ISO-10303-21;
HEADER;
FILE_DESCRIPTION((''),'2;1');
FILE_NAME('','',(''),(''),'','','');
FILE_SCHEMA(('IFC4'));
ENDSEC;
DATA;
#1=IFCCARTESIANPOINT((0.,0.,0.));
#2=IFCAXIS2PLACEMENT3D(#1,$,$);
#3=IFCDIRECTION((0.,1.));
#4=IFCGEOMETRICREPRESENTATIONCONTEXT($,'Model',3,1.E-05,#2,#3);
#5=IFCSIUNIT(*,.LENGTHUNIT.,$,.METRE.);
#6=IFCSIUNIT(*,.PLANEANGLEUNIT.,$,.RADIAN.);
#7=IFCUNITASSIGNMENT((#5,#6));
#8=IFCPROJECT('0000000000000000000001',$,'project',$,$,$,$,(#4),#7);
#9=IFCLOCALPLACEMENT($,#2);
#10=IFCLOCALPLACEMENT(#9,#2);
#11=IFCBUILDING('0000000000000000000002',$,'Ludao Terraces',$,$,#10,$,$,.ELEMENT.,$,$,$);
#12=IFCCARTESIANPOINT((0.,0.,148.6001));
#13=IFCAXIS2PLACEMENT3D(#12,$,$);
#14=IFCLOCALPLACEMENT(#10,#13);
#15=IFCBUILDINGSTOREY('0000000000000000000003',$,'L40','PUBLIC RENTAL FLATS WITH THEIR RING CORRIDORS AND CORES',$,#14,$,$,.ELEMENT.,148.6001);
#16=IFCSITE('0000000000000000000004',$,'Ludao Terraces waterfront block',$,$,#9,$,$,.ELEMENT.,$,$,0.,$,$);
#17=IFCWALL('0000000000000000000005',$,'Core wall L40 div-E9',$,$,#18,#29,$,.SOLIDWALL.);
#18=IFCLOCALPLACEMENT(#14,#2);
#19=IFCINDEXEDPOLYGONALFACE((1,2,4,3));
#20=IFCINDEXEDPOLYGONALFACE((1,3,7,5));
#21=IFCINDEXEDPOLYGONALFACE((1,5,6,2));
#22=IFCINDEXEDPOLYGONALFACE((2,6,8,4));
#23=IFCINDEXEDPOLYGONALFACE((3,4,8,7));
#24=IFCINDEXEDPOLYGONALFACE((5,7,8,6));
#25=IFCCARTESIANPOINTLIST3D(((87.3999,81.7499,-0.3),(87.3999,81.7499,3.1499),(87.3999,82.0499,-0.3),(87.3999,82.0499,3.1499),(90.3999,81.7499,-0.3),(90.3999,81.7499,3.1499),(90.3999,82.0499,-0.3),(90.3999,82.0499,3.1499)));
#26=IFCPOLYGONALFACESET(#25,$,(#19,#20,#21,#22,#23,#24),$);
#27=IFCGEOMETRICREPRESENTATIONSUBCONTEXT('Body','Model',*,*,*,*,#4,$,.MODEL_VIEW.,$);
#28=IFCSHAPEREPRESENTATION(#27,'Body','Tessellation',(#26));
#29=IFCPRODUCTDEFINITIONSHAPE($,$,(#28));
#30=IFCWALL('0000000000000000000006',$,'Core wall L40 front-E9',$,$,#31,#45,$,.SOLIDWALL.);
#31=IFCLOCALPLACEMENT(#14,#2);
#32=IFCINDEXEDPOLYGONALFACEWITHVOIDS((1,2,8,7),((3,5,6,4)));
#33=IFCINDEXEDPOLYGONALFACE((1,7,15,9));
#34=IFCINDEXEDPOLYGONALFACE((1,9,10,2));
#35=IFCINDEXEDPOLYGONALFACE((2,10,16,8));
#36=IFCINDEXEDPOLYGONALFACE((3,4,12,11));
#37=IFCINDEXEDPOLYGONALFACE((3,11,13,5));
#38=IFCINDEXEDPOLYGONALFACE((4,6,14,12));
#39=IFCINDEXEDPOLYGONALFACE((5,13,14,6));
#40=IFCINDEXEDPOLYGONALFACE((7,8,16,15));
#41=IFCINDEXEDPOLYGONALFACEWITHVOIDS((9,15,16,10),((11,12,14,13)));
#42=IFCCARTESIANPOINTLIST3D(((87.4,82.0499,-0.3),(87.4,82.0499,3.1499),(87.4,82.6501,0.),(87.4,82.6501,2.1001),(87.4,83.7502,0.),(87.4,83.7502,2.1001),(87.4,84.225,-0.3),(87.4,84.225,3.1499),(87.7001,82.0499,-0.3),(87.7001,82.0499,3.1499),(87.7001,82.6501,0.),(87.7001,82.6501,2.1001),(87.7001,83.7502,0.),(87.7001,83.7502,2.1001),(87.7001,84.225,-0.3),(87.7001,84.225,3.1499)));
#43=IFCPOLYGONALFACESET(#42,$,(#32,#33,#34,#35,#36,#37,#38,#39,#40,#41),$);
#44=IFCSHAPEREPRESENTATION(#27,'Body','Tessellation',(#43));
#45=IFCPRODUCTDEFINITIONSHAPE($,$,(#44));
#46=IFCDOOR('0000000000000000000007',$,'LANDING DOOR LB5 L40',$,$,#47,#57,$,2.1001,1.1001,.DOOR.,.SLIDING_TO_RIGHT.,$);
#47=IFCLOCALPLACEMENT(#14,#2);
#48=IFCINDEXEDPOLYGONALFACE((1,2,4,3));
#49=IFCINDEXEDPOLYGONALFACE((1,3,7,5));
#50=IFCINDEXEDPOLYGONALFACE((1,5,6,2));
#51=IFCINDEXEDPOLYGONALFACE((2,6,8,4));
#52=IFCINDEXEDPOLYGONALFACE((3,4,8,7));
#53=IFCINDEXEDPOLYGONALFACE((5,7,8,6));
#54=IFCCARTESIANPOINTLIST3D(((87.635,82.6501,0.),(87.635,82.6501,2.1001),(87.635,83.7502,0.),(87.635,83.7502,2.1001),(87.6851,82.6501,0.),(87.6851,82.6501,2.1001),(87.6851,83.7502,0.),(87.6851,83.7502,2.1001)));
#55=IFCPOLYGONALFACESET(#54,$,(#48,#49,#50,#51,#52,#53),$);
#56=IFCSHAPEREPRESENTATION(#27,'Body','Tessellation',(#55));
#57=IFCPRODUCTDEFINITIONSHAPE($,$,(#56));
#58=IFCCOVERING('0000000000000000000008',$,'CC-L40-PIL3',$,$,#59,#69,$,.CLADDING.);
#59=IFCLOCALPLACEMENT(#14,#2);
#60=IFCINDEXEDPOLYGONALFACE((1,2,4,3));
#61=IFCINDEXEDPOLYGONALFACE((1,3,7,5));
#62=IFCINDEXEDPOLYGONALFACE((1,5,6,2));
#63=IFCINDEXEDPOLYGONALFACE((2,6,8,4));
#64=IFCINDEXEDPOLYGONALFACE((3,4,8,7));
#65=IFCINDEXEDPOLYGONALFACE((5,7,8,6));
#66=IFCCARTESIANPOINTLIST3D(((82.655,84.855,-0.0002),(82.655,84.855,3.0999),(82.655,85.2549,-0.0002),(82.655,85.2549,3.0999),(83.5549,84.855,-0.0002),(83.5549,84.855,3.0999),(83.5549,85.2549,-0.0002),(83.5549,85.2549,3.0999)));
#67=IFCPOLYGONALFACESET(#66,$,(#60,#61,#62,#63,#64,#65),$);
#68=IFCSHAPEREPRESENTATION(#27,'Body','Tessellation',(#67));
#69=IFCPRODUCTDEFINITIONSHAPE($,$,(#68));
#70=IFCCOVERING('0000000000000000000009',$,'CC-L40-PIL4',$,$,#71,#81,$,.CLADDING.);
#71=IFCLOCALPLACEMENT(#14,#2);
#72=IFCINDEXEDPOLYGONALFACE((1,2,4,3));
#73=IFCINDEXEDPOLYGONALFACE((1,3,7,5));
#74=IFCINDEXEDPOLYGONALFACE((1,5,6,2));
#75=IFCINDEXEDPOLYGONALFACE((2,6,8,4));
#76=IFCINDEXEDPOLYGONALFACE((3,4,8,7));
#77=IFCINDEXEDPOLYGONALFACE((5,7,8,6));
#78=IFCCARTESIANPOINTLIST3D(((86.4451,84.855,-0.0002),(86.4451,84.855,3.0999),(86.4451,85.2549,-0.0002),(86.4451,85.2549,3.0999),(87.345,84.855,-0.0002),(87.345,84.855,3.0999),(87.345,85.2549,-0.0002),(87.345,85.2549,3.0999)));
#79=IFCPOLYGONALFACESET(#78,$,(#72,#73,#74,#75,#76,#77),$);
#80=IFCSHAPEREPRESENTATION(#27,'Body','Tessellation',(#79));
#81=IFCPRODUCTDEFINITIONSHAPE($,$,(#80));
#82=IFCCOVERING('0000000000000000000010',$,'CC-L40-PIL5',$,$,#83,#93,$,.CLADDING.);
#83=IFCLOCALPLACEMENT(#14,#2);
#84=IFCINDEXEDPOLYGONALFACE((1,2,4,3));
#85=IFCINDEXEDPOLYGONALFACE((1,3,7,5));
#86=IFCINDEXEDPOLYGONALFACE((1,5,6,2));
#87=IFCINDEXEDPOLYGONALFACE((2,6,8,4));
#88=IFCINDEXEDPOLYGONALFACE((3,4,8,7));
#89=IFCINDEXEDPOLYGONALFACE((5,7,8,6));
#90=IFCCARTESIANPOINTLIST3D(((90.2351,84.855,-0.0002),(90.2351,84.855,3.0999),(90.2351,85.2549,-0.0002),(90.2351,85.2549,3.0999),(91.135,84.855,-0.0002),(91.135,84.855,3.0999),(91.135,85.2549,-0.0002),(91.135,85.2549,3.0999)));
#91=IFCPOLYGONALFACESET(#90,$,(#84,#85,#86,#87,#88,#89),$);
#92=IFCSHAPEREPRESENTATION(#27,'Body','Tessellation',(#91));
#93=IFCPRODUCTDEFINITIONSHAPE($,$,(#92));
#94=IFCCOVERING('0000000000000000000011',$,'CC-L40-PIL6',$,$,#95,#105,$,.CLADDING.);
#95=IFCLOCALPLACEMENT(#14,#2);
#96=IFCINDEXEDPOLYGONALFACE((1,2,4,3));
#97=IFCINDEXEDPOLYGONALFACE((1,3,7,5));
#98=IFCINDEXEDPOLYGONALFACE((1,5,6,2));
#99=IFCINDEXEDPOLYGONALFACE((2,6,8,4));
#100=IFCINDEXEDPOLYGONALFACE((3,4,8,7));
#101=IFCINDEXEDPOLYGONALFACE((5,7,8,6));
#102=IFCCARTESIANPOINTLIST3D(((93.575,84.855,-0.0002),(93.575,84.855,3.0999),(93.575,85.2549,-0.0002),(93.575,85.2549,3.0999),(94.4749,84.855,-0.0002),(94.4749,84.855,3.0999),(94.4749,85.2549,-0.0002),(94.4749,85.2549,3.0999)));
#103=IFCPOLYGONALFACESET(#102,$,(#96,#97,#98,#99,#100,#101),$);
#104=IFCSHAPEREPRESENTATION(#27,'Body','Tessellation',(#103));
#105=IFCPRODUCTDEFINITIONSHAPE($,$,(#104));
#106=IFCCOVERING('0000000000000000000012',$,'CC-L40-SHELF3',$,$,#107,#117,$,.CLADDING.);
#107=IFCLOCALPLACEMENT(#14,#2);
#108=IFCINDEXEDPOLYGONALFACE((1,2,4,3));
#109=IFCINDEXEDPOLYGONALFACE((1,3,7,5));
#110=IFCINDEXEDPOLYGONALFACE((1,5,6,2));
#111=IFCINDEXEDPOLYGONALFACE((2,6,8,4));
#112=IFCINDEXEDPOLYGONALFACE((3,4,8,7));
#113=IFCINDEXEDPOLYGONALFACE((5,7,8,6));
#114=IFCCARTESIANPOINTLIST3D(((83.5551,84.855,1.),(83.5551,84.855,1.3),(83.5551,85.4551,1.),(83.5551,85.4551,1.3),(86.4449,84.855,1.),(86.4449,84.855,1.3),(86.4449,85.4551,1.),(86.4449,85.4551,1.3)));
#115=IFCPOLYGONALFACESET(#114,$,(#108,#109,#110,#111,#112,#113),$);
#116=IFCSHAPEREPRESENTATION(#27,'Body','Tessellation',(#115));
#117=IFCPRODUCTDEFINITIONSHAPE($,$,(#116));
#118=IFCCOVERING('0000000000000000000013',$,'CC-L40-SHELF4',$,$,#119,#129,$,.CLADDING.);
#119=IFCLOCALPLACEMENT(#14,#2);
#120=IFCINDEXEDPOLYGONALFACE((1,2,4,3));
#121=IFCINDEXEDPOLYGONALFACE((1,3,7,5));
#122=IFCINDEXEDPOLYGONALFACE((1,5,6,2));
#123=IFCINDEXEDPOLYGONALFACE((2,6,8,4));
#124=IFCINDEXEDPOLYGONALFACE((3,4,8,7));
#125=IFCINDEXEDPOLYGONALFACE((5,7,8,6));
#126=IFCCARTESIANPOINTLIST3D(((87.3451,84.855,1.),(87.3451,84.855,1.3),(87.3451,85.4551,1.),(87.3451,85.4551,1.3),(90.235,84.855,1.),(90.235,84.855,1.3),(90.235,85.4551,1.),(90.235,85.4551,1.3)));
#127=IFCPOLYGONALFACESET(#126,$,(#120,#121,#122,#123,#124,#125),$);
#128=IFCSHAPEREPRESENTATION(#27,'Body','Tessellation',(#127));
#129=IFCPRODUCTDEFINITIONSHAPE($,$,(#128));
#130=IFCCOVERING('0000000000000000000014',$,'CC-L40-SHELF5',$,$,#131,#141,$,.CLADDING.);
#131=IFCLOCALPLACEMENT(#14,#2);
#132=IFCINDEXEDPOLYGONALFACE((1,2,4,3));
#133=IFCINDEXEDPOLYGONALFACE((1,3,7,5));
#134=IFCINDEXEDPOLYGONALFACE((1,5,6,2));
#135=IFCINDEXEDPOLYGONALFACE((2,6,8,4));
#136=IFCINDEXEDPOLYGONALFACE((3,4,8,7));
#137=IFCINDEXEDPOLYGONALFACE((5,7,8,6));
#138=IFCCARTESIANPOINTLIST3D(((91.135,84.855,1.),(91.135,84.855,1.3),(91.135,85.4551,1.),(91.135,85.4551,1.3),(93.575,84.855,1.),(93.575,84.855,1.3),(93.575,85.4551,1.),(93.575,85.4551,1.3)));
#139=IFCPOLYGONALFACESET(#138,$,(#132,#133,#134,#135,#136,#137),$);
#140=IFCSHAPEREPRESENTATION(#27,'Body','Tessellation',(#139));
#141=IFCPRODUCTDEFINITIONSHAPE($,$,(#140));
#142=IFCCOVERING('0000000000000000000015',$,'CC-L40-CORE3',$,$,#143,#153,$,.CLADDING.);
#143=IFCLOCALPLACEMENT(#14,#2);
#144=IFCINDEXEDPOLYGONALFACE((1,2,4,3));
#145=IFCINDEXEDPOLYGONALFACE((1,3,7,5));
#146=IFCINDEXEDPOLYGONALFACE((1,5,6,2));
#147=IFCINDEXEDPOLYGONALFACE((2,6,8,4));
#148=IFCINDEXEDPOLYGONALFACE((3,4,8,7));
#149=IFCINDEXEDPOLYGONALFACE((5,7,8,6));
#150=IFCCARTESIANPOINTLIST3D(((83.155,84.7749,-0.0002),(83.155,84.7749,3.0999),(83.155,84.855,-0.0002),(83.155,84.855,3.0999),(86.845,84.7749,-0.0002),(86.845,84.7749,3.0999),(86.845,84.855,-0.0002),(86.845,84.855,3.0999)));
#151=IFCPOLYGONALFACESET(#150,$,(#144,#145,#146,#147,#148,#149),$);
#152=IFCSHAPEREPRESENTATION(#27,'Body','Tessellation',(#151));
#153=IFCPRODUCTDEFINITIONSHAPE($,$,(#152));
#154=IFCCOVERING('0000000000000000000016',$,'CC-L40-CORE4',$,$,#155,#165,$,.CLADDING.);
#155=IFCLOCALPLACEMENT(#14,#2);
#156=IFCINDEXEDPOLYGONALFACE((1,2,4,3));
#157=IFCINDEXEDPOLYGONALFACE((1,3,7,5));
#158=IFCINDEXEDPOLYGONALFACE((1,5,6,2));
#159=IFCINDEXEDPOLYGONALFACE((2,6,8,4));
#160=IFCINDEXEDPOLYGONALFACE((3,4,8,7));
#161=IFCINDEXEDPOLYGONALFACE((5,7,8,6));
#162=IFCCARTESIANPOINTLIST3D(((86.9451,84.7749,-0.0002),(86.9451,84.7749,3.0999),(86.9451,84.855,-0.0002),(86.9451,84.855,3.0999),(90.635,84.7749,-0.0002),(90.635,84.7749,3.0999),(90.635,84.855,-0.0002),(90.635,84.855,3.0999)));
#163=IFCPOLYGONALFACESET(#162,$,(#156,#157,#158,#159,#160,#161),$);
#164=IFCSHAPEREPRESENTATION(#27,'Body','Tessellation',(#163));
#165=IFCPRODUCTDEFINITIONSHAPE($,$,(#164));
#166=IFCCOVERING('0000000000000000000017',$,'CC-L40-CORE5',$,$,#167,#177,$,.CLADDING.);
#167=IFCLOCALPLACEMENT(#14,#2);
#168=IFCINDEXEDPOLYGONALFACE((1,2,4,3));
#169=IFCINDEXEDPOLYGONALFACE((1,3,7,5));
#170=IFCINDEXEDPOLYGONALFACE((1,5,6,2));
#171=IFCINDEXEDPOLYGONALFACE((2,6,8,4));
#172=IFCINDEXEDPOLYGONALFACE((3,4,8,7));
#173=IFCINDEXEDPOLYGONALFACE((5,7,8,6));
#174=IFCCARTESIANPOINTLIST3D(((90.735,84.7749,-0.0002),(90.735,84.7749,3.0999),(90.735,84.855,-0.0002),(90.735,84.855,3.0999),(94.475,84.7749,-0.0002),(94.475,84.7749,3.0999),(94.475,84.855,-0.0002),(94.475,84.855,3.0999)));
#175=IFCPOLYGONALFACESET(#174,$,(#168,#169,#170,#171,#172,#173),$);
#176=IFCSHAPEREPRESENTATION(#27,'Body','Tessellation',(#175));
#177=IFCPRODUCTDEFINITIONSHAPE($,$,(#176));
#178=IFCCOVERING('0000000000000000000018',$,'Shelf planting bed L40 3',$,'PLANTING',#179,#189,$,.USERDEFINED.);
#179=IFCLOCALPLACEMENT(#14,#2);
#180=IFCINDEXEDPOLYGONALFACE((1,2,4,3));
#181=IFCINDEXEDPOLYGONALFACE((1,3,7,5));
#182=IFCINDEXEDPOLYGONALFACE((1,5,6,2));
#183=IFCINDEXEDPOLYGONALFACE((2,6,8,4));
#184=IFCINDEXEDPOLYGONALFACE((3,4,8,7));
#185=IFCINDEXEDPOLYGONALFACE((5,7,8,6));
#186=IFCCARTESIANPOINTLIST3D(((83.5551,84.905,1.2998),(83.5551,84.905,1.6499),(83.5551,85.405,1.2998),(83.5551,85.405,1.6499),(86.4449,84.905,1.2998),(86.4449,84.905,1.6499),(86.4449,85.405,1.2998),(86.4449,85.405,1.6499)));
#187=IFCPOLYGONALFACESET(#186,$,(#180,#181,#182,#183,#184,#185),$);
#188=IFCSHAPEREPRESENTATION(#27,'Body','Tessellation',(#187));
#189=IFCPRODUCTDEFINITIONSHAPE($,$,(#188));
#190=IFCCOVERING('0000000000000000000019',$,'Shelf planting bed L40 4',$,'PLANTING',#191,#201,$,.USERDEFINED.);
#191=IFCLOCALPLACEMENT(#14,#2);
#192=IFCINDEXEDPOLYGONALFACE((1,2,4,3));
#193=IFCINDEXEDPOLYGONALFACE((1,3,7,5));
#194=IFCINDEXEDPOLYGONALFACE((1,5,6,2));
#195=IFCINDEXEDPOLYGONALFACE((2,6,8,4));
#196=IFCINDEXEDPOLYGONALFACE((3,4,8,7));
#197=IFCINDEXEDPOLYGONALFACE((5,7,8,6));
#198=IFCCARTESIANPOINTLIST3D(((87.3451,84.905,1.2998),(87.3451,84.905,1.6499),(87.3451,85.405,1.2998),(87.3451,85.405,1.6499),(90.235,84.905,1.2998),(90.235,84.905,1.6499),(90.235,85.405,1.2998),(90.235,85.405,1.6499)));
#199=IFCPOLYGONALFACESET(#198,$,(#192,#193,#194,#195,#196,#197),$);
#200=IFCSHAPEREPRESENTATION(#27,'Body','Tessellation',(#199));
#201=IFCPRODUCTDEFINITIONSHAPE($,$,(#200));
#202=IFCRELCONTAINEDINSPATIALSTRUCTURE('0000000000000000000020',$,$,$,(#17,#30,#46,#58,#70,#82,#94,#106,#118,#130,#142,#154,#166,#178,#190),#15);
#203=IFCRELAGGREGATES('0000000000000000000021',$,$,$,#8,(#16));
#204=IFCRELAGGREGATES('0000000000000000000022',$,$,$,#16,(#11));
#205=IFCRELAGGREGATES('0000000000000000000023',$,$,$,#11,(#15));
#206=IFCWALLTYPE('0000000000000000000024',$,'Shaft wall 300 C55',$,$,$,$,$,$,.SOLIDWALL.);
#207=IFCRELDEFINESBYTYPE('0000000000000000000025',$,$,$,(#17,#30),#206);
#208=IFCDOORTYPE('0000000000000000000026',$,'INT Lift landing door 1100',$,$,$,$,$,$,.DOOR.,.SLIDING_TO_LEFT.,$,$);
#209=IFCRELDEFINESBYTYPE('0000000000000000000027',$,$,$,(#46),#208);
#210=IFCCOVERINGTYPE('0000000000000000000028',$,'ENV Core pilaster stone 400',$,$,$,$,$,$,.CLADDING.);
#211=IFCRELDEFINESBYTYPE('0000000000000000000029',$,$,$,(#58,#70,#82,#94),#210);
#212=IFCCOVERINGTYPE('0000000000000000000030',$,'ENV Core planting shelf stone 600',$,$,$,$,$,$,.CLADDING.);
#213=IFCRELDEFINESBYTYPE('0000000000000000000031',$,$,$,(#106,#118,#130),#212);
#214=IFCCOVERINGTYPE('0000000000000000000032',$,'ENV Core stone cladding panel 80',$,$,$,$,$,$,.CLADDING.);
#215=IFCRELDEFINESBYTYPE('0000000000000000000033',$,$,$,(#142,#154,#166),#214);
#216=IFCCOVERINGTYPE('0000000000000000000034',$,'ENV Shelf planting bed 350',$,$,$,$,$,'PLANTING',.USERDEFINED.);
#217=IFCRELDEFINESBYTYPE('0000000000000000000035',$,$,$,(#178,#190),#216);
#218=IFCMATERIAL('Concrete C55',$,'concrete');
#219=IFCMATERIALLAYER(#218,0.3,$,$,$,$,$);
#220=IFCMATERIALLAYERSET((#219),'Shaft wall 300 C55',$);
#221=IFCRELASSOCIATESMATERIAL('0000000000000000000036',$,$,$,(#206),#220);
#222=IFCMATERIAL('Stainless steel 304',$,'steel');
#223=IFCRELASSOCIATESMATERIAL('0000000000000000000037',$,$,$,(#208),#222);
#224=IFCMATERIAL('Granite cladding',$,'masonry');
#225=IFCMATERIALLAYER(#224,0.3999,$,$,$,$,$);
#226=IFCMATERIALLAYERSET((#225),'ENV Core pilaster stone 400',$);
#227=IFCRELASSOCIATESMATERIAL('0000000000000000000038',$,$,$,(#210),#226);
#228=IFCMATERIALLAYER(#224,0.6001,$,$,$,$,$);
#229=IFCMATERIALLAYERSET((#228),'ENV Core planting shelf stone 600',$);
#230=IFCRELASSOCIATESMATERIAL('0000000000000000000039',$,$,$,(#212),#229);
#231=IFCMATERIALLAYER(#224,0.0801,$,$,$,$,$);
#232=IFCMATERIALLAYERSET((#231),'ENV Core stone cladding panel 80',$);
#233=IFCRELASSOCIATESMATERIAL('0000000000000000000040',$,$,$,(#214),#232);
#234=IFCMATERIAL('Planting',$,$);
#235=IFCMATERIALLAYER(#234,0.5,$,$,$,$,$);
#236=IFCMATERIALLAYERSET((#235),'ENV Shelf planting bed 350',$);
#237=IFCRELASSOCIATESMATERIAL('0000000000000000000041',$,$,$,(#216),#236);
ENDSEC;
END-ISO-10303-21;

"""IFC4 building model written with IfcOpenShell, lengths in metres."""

from ifc_helpers import new_model, si_unit, direction, frame, frame_2d, origin, origin_2d, place, context, subcontext, project, spatial, rectangle, extrude, material, layer, layer_set, type_object, element, fill, save


model = new_model("IFC4")

# Units and contexts
model_context = context("Model", 3, precision=1e-05, world=origin(), true_north=direction((0.0, 1.0)))
body_context = subcontext(model_context, "Body", "Model", "MODEL_VIEW")
ifc_project = project(units=[si_unit("LENGTHUNIT", "METRE"), si_unit("PLANEANGLEUNIT", "RADIAN")], contexts=[model_context])

# Site, building, storey
site_placement = place(None, origin())
site = spatial("IfcSite", under=ifc_project, at=site_placement, Name="Ludao Terraces waterfront block", CompositionType="ELEMENT", RefElevation=0.0)
building_placement = place(site_placement, origin())
building = spatial("IfcBuilding", under=site, at=building_placement, Name="Ludao Terraces", CompositionType="ELEMENT")
storey_placement = place(building_placement, frame((0.0, 0.0, 148.6001)))
storey = spatial("IfcBuildingStorey", under=building, at=storey_placement, Name="L40", Description="PUBLIC RENTAL FLATS WITH THEIR RING CORRIDORS AND CORES", CompositionType="ELEMENT", Elevation=148.6001)

# Wall
ifc_material_1 = material(Name="Concrete C55", Category="concrete")
ifc_layer_1 = layer(ifc_material_1, 0.3)
ifc_layer_set_1 = layer_set([ifc_layer_1], Name="Shaft wall 300 C55")
wall_type = type_object("IfcWallType", Name="Shaft wall 300 C55", PredefinedType="SOLIDWALL", material=ifc_layer_set_1)
wall_1_placement = place(storey_placement, frame((87.3999, 81.8999, -0.3), z_axis=(0.0, 0.0, 1.0), x_axis=(1.0, 0.0, 0.0)))
element("IfcWall", 1, at=wall_1_placement, inside=storey, type_object=wall_type, Name="Core wall L40 div-E9", PredefinedType="SOLIDWALL", context=body_context, shape_type="SweptSolid", body=[
    extrude(rectangle(XDim=3.0, YDim=0.3, at=frame_2d((1.5, 0.0))), origin(), (0.0, 0.0, 1.0), 3.45),
])

# Wall, opening, door
wall_2_placement = place(storey_placement, frame((87.55, 82.05, -0.3), z_axis=(0.0, 0.0, 1.0), x_axis=(0.0, 1.0, 0.0)))
wall_2 = element("IfcWall", 2, at=wall_2_placement, inside=storey, type_object=wall_type, Name="Core wall L40 front-E9", PredefinedType="SOLIDWALL", context=body_context, shape_type="SweptSolid", body=[
    extrude(rectangle(XDim=2.175, YDim=0.3, at=frame_2d((1.0874, 0.0))), origin(), (0.0, 0.0, 1.0), 3.45),
])
opening_placement = place(wall_2_placement, frame((0.6001, 0.0, 0.3)))
opening = element("IfcOpeningElement", 3, at=opening_placement, cuts=wall_2, PredefinedType="OPENING", context=body_context, shape_type="SweptSolid", body=[
    extrude(rectangle(XDim=1.1001, YDim=2.1001, at=frame_2d((0.55, 1.05))), frame((0.0, 0.1602, 0.0), z_axis=(0.0, -1.0, 0.0), x_axis=(1.0, 0.0, 0.0)), (0.0, 0.0, 1.0), 0.3201),
])
ifc_material_2 = material(Name="Stainless steel 304", Category="steel")
door_type = type_object("IfcDoorType", Name="INT Lift landing door 1100", OperationType="SLIDING_TO_LEFT", PredefinedType="DOOR", material=ifc_material_2)
door_placement = place(opening_placement, origin())
door = element("IfcDoor", 4, at=door_placement, inside=storey, type_object=door_type, Name="LANDING DOOR LB5 L40", OperationType="SLIDING_TO_RIGHT", OverallHeight=2.1001, OverallWidth=1.1001, PredefinedType="DOOR", context=body_context, shape_type="SweptSolid", body=[
    extrude(rectangle(XDim=1.1001, YDim=2.1001, at=frame_2d((0.55, 1.05))), frame((0.0, -0.085, 0.0), z_axis=(0.0, -1.0, 0.0), x_axis=(1.0, 0.0, 0.0)), (0.0, 0.0, 1.0), 0.05),
])
fill(opening, door)

# Coverings
ifc_material_3 = material(Name="Granite cladding", Category="masonry")
ifc_layer_2 = layer(ifc_material_3, 0.3999)
ifc_layer_set_2 = layer_set([ifc_layer_2], Name="ENV Core pilaster stone 400")
covering_type_1 = type_object("IfcCoveringType", Name="ENV Core pilaster stone 400", PredefinedType="CLADDING", material=ifc_layer_set_2)
for number, where, z_axis, x_axis, name in (
    (5, (83.105, 85.0549, -0.0002), (0.0, 0.0, 1.0), (1.0, 0.0, 0.0), "CC-L40-PIL3"),
    (6, (86.895, 85.0549, -0.0002), (0.0, 0.0, 1.0), (1.0, 0.0, 0.0), "CC-L40-PIL4"),
    (7, (90.6851, 85.0549, -0.0002), (0.0, 0.0, 1.0), (1.0, 0.0, 0.0), "CC-L40-PIL5"),
    (8, (94.0249, 85.0549, -0.0002), (0.0, 0.0, 1.0), (1.0, 0.0, 0.0), "CC-L40-PIL6"),
):
    element("IfcCovering", number, at=place(storey_placement, frame(where, z_axis=z_axis, x_axis=x_axis)), inside=storey, type_object=covering_type_1, Name=name, PredefinedType="CLADDING", context=body_context, shape_type="SweptSolid", body=[
        extrude(rectangle(XDim=0.8999, YDim=0.3999, at=origin_2d()), origin(), (0.0, 0.0, 1.0), 3.1001),
    ])
ifc_layer_3 = layer(ifc_material_3, 0.6001)
ifc_layer_set_3 = layer_set([ifc_layer_3], Name="ENV Core planting shelf stone 600")
covering_type_2 = type_object("IfcCoveringType", Name="ENV Core planting shelf stone 600", PredefinedType="CLADDING", material=ifc_layer_set_3)
for number, where, z_axis, x_axis, name in (
    (9, (85.0, 85.155, 1.0), (0.0, 0.0, 1.0), (1.0, 0.0, 0.0), "CC-L40-SHELF3"),
    (10, (88.79, 85.155, 1.0), (0.0, 0.0, 1.0), (1.0, 0.0, 0.0), "CC-L40-SHELF4"),
):
    element("IfcCovering", number, at=place(storey_placement, frame(where, z_axis=z_axis, x_axis=x_axis)), inside=storey, type_object=covering_type_2, Name=name, PredefinedType="CLADDING", context=body_context, shape_type="SweptSolid", body=[
        extrude(rectangle(XDim=2.8899, YDim=0.6001, at=origin_2d()), origin(), (0.0, 0.0, 1.0), 0.3),
    ])
covering_1_placement = place(storey_placement, frame((92.355, 85.155, 1.0), z_axis=(0.0, 0.0, 1.0), x_axis=(1.0, 0.0, 0.0)))
element("IfcCovering", 11, at=covering_1_placement, inside=storey, type_object=covering_type_2, Name="CC-L40-SHELF5", PredefinedType="CLADDING", context=body_context, shape_type="SweptSolid", body=[
    extrude(rectangle(XDim=2.4399, YDim=0.6001, at=origin_2d()), origin(), (0.0, 0.0, 1.0), 0.3),
])
ifc_layer_4 = layer(ifc_material_3, 0.0801)
ifc_layer_set_4 = layer_set([ifc_layer_4], Name="ENV Core stone cladding panel 80")
covering_type_3 = type_object("IfcCoveringType", Name="ENV Core stone cladding panel 80", PredefinedType="CLADDING", material=ifc_layer_set_4)
for number, where, z_axis, x_axis, name in (
    (12, (85.0, 84.8149, -0.0002), (0.0, 0.0, 1.0), (1.0, 0.0, 0.0), "CC-L40-CORE3"),
    (13, (88.79, 84.8149, -0.0002), (0.0, 0.0, 1.0), (1.0, 0.0, 0.0), "CC-L40-CORE4"),
):
    element("IfcCovering", number, at=place(storey_placement, frame(where, z_axis=z_axis, x_axis=x_axis)), inside=storey, type_object=covering_type_3, Name=name, PredefinedType="CLADDING", context=body_context, shape_type="SweptSolid", body=[
        extrude(rectangle(XDim=3.6899, YDim=0.0801, at=origin_2d()), origin(), (0.0, 0.0, 1.0), 3.1001),
    ])
covering_2_placement = place(storey_placement, frame((92.605, 84.8149, -0.0002), z_axis=(0.0, 0.0, 1.0), x_axis=(1.0, 0.0, 0.0)))
element("IfcCovering", 14, at=covering_2_placement, inside=storey, type_object=covering_type_3, Name="CC-L40-CORE5", PredefinedType="CLADDING", context=body_context, shape_type="SweptSolid", body=[
    extrude(rectangle(XDim=3.74, YDim=0.0801, at=origin_2d()), origin(), (0.0, 0.0, 1.0), 3.1001),
])
ifc_material_4 = material(Name="Planting")
ifc_layer_5 = layer(ifc_material_4, 0.5)
ifc_layer_set_5 = layer_set([ifc_layer_5], Name="ENV Shelf planting bed 350")
covering_type_4 = type_object("IfcCoveringType", Name="ENV Shelf planting bed 350", ElementType="PLANTING", PredefinedType="USERDEFINED", material=ifc_layer_set_5)
for number, where, z_axis, x_axis, name in (
    (15, (85.0, 85.155, 1.2998), (0.0, 0.0, 1.0), (1.0, 0.0, 0.0), "Shelf planting bed L40 3"),
    (16, (88.79, 85.155, 1.2998), (0.0, 0.0, 1.0), (1.0, 0.0, 0.0), "Shelf planting bed L40 4"),
):
    element("IfcCovering", number, at=place(storey_placement, frame(where, z_axis=z_axis, x_axis=x_axis)), inside=storey, type_object=covering_type_4, Name=name, ObjectType="PLANTING", PredefinedType="USERDEFINED", context=body_context, shape_type="SweptSolid", body=[
        extrude(rectangle(XDim=2.8899, YDim=0.5, at=origin_2d()), origin(), (0.0, 0.0, 1.0), 0.3501),
    ])

save(model, "model.ifc")
